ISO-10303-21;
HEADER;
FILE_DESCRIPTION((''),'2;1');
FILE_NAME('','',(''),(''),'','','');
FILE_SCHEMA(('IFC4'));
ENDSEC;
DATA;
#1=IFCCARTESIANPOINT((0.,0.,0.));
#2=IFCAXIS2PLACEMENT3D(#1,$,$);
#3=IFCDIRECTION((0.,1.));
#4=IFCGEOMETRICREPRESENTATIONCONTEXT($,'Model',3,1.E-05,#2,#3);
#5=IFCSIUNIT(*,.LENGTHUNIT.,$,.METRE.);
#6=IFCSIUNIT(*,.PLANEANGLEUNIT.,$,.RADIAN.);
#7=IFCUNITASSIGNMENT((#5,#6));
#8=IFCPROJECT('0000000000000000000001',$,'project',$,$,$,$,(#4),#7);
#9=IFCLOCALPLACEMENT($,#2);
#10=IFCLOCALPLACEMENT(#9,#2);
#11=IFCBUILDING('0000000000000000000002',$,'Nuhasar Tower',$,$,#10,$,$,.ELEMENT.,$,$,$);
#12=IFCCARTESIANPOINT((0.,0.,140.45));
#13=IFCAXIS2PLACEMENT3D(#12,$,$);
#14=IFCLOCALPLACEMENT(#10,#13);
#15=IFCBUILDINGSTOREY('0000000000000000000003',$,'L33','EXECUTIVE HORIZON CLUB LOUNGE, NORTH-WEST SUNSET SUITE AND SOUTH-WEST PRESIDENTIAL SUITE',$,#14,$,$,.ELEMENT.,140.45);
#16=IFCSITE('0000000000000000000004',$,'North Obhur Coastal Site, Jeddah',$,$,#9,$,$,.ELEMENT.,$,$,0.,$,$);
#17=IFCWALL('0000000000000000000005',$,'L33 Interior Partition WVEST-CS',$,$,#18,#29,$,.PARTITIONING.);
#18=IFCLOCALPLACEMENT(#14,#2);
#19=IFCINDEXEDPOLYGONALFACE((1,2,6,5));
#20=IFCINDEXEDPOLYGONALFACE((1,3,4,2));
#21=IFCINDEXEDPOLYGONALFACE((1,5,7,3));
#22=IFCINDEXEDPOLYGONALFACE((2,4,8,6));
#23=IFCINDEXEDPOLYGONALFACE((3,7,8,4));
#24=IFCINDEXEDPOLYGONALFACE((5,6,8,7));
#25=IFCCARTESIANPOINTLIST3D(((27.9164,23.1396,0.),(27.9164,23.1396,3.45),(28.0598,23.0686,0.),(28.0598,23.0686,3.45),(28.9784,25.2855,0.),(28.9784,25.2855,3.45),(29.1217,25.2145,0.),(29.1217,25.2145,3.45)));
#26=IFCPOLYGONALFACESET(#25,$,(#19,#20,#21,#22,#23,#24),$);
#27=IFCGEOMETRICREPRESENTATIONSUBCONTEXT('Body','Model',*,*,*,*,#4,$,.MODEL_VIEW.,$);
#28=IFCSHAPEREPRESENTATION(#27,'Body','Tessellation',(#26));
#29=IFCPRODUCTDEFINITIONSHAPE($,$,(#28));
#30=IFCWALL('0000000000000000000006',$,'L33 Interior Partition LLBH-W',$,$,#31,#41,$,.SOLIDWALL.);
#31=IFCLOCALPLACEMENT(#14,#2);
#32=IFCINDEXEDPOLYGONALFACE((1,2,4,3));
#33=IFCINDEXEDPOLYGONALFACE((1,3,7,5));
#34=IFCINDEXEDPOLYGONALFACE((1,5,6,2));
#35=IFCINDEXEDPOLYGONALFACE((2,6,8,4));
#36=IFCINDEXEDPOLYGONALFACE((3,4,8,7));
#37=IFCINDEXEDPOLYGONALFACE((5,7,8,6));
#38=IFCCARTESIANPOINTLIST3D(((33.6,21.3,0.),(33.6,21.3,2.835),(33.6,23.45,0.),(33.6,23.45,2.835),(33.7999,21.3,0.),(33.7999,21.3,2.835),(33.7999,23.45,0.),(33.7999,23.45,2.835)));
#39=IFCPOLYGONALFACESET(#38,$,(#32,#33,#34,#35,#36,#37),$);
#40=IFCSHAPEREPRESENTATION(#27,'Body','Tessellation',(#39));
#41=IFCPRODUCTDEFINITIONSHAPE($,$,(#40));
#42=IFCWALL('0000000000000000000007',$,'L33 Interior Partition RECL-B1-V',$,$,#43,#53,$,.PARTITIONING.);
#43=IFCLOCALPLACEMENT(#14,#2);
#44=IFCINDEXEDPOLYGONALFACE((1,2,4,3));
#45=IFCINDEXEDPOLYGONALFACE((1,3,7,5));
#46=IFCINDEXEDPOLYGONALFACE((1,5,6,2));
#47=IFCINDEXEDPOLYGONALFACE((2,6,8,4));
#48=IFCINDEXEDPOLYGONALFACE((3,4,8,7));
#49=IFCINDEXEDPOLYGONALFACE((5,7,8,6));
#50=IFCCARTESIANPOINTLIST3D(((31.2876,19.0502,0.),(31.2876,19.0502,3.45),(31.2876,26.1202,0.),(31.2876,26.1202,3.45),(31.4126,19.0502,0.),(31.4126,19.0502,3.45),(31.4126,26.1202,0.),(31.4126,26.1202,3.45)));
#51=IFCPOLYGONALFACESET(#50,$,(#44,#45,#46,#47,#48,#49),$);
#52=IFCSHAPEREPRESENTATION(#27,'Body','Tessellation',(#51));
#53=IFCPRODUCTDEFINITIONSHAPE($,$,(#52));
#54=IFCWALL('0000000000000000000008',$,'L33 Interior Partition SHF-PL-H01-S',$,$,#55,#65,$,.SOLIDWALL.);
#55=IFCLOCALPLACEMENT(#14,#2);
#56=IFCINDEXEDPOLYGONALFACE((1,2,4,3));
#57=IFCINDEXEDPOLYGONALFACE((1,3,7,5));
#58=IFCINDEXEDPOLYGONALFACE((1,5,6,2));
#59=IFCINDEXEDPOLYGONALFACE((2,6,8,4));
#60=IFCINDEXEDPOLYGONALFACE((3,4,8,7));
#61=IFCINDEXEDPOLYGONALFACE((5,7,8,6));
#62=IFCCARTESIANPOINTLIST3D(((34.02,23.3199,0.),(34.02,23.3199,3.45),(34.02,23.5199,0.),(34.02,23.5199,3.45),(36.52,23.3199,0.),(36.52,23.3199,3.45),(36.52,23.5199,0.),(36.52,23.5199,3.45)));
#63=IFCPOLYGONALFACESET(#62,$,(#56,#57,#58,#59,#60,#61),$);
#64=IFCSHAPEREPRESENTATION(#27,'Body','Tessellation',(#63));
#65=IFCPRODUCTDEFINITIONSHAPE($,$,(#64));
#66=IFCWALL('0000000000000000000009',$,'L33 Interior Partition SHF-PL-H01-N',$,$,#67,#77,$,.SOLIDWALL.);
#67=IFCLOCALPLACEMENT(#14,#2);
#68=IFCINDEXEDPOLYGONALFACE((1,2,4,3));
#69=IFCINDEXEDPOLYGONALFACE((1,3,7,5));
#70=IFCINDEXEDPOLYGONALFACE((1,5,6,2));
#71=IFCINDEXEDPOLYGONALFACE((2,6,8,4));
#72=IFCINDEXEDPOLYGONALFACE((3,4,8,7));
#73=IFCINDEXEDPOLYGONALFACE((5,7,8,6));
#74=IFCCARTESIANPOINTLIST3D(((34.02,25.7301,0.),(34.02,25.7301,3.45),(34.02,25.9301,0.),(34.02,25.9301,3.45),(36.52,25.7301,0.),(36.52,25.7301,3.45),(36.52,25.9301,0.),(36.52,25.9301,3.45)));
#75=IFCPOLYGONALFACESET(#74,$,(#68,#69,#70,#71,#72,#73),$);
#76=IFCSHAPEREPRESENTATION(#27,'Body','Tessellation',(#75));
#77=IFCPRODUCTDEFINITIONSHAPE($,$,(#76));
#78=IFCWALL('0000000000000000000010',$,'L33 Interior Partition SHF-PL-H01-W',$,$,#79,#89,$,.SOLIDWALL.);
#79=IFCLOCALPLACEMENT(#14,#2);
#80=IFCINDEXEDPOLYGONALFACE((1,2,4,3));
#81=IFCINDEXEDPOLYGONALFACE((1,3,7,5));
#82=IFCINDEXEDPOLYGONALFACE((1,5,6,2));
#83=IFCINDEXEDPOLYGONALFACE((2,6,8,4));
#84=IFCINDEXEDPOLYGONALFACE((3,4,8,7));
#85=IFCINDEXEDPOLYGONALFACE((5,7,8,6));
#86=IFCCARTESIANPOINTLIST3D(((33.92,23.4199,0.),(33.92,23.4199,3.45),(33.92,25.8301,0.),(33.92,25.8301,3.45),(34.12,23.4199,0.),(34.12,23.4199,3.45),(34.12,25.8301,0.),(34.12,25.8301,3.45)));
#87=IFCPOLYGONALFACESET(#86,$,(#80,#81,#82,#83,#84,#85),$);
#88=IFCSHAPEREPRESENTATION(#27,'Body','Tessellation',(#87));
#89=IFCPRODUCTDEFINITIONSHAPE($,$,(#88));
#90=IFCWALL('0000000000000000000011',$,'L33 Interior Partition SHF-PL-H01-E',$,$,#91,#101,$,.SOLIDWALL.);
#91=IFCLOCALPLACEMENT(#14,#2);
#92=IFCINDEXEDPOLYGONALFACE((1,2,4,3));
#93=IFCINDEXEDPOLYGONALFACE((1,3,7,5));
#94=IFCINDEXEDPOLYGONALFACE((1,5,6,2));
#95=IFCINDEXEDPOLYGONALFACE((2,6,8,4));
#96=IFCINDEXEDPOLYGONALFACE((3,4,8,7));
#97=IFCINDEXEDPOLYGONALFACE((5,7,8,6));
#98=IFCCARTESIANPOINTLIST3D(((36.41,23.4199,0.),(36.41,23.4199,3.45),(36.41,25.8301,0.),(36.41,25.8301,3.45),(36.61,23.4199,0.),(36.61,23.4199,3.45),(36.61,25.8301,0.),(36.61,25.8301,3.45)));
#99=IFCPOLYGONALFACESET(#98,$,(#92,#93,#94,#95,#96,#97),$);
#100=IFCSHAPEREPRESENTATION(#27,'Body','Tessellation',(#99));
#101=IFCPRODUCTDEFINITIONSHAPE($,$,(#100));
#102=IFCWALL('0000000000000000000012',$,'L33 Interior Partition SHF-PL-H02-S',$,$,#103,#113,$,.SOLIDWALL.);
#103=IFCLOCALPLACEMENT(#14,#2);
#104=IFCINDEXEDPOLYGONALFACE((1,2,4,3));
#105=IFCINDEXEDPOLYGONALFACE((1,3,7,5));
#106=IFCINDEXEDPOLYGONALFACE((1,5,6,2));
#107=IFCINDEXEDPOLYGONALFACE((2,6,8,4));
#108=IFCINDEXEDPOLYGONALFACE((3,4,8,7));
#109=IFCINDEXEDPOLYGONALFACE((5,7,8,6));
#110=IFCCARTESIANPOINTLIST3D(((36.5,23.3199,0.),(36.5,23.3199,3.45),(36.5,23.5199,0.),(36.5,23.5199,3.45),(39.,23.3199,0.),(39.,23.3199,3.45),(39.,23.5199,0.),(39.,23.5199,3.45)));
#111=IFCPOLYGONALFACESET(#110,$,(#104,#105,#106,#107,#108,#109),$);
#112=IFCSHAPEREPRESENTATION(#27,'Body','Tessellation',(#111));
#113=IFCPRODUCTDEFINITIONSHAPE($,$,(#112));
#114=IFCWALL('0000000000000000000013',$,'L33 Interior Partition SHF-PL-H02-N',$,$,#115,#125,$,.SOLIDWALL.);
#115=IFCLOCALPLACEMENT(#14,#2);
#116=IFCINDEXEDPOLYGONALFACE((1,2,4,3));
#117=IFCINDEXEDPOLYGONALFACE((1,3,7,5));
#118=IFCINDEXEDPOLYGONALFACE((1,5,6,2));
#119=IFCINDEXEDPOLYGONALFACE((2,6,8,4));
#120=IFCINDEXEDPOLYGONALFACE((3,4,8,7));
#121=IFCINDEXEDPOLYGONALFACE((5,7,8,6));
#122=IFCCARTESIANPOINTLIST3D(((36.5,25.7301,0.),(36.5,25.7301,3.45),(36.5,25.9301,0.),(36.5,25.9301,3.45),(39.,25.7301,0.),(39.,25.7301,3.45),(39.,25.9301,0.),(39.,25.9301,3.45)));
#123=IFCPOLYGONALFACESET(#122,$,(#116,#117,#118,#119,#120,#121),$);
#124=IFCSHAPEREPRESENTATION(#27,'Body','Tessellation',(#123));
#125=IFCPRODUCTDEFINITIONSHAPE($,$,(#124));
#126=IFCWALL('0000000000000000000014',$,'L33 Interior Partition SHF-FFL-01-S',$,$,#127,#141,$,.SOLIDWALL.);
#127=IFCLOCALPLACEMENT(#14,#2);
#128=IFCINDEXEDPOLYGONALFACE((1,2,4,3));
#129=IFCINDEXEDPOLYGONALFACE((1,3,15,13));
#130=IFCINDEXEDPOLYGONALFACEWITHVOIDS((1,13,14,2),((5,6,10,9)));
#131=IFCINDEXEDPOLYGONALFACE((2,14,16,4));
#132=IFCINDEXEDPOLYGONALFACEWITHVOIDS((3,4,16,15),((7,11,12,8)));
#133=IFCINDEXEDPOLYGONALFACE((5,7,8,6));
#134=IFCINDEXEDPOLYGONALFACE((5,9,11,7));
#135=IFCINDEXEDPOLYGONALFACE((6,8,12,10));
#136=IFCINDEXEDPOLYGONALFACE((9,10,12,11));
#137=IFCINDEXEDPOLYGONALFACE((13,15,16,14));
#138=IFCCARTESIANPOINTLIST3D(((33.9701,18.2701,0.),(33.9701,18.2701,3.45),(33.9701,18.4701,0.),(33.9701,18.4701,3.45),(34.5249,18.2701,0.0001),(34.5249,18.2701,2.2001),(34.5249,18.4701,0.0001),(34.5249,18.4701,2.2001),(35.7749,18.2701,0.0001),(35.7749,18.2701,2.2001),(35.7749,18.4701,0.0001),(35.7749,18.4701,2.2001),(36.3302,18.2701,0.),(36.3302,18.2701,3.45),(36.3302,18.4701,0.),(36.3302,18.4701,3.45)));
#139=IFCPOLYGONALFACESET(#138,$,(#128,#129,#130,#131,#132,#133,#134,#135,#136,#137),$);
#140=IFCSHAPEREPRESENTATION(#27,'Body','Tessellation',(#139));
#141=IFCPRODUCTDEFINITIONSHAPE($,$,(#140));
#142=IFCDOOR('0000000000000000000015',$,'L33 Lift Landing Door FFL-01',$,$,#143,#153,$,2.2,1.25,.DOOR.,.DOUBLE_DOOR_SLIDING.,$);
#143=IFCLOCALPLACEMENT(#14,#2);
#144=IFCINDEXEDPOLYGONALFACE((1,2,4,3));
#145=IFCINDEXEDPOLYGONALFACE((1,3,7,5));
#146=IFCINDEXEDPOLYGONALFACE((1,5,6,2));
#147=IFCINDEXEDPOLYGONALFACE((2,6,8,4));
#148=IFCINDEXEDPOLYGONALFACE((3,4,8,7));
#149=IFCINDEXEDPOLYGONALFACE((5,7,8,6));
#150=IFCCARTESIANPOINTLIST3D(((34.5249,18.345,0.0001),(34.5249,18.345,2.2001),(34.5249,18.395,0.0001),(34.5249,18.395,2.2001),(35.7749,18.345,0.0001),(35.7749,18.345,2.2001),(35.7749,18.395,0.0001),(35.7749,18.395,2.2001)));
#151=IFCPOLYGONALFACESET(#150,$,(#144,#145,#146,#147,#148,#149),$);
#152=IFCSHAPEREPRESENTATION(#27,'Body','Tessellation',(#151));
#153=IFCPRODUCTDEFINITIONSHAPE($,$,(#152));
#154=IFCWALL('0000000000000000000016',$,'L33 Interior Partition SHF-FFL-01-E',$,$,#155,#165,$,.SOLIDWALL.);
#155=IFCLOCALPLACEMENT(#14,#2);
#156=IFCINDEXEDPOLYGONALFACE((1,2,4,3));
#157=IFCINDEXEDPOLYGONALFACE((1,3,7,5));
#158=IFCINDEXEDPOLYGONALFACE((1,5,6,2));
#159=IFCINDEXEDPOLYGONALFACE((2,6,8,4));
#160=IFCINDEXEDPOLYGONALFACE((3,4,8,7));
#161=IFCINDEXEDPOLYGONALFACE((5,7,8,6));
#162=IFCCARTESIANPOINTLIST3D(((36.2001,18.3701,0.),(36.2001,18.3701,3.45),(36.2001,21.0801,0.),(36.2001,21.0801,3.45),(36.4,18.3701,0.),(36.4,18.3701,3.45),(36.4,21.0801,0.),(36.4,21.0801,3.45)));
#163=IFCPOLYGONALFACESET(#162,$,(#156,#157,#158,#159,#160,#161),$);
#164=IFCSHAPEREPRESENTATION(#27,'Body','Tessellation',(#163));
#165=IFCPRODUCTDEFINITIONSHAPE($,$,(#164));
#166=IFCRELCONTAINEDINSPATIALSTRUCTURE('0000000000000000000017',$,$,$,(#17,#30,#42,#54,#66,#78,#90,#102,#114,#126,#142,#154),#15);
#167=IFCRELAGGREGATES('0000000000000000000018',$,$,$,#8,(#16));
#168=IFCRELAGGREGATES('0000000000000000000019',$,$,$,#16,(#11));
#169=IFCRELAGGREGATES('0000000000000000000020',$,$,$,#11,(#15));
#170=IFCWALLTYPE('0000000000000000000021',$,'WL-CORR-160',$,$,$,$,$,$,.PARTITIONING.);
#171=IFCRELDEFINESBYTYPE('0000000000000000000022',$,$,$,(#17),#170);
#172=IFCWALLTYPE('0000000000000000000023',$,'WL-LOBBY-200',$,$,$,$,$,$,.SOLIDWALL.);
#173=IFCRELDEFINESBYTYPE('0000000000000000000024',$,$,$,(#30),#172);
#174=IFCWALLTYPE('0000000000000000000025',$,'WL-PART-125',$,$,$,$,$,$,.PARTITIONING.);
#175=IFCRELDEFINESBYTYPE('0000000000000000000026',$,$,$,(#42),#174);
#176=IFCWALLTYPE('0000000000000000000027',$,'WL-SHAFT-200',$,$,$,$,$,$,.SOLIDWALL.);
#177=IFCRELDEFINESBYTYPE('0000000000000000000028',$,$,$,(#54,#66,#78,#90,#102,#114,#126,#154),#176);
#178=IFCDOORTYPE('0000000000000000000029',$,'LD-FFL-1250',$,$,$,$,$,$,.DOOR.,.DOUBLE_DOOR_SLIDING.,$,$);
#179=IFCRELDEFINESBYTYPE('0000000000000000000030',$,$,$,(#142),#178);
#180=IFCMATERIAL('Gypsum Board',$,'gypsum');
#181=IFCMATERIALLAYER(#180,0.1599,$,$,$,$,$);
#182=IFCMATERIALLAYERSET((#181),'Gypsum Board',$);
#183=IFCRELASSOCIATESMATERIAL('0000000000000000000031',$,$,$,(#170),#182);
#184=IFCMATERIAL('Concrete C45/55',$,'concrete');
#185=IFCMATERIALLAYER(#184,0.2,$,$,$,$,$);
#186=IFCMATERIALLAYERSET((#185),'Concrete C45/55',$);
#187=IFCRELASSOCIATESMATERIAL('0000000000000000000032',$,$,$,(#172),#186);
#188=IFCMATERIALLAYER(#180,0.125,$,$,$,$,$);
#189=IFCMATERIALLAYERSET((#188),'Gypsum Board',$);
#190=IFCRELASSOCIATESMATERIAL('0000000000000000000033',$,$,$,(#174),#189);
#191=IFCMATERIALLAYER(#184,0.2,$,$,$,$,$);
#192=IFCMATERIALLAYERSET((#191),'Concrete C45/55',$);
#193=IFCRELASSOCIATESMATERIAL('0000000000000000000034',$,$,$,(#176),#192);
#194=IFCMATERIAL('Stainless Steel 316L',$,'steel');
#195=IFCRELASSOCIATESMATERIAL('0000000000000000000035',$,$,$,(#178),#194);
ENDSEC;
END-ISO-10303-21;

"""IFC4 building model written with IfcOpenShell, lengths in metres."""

from ifc_helpers import new_model, si_unit, direction, frame, frame_2d, origin, place, context, subcontext, project, spatial, rectangle, extrude, material, layer, layer_set, type_object, element, fill, save


model = new_model("IFC4")

# Units and contexts
model_context = context("Model", 3, precision=1e-05, world=origin(), true_north=direction((0.0, 1.0)))
body_context = subcontext(model_context, "Body", "Model", "MODEL_VIEW")
ifc_project = project(units=[si_unit("LENGTHUNIT", "METRE"), si_unit("PLANEANGLEUNIT", "RADIAN")], contexts=[model_context])

# Site, building, storey
site_placement = place(None, origin())
site = spatial("IfcSite", under=ifc_project, at=site_placement, Name="North Obhur Coastal Site, Jeddah", CompositionType="ELEMENT", RefElevation=0.0)
building_placement = place(site_placement, origin())
building = spatial("IfcBuilding", under=site, at=building_placement, Name="Nuhasar Tower", CompositionType="ELEMENT")
storey_placement = place(building_placement, frame((0.0, 0.0, 140.45)))
storey = spatial("IfcBuildingStorey", under=building, at=storey_placement, Name="L33", Description="EXECUTIVE HORIZON CLUB LOUNGE, NORTH-WEST SUNSET SUITE AND SOUTH-WEST PRESIDENTIAL SUITE", CompositionType="ELEMENT", Elevation=140.45)

# Shared definitions
ifc_material_1 = material(Name="Gypsum Board", Category="gypsum")
ifc_layer_1 = layer(ifc_material_1, 0.1599)
ifc_layer_set_1 = layer_set([ifc_layer_1], Name="Gypsum Board")
wall_type_1 = type_object("IfcWallType", Name="WL-CORR-160", PredefinedType="PARTITIONING", material=ifc_layer_set_1)

# Walls
wall_1_placement = place(storey_placement, frame((27.988, 23.104, 0.0), z_axis=(0.0, 0.0, 1.0), x_axis=(0.443539, 0.896255, 0.0)))
element("IfcWall", 1, at=wall_1_placement, inside=storey, type_object=wall_type_1, Name="L33 Interior Partition WVEST-CS", PredefinedType="PARTITIONING", context=body_context, shape_type="SweptSolid", body=[
    extrude(rectangle(XDim=2.3943, YDim=0.1599, at=frame_2d((1.1973, 0.0))), origin(), (0.0, 0.0, 1.0), 3.45),
])
ifc_material_2 = material(Name="Concrete C45/55", Category="concrete")
ifc_layer_2 = layer(ifc_material_2, 0.2)
ifc_layer_set_2 = layer_set([ifc_layer_2], Name="Concrete C45/55")
wall_type_2 = type_object("IfcWallType", Name="WL-LOBBY-200", PredefinedType="SOLIDWALL", material=ifc_layer_set_2)
wall_2_placement = place(storey_placement, frame((33.7, 21.3, 0.0), z_axis=(0.0, 0.0, 1.0), x_axis=(0.0, 1.0, 0.0)))
element("IfcWall", 2, at=wall_2_placement, inside=storey, type_object=wall_type_2, Name="L33 Interior Partition LLBH-W", PredefinedType="SOLIDWALL", context=body_context, shape_type="SweptSolid", body=[
    extrude(rectangle(XDim=2.1499, YDim=0.2, at=frame_2d((1.075, 0.0))), origin(), (0.0, 0.0, 1.0), 2.835),
])
ifc_layer_3 = layer(ifc_material_1, 0.125)
ifc_layer_set_3 = layer_set([ifc_layer_3], Name="Gypsum Board")
wall_type_3 = type_object("IfcWallType", Name="WL-PART-125", PredefinedType="PARTITIONING", material=ifc_layer_set_3)
wall_3_placement = place(storey_placement, frame((31.3501, 19.05, 0.0), z_axis=(0.0, 0.0, 1.0), x_axis=(0.0, 1.0, 0.0)))
element("IfcWall", 3, at=wall_3_placement, inside=storey, type_object=wall_type_3, Name="L33 Interior Partition RECL-B1-V", PredefinedType="PARTITIONING", context=body_context, shape_type="SweptSolid", body=[
    extrude(rectangle(XDim=7.0701, YDim=0.125, at=frame_2d((3.5352, 0.0))), origin(), (0.0, 0.0, 1.0), 3.45),
])
ifc_layer_4 = layer(ifc_material_2, 0.2)
ifc_layer_set_4 = layer_set([ifc_layer_4], Name="Concrete C45/55")
wall_type_4 = type_object("IfcWallType", Name="WL-SHAFT-200", PredefinedType="SOLIDWALL", material=ifc_layer_set_4)
for number, where, z_axis, x_axis, name in (
    (4, (34.02, 23.4199, 0.0), (0.0, 0.0, 1.0), (1.0, 0.0, 0.0), "L33 Interior Partition SHF-PL-H01-S"),
    (5, (34.02, 25.8301, 0.0), (0.0, 0.0, 1.0), (1.0, 0.0, 0.0), "L33 Interior Partition SHF-PL-H01-N"),
):
    element("IfcWall", number, at=place(storey_placement, frame(where, z_axis=z_axis, x_axis=x_axis)), inside=storey, type_object=wall_type_4, Name=name, PredefinedType="SOLIDWALL", context=body_context, shape_type="SweptSolid", body=[
        extrude(rectangle(XDim=2.5, YDim=0.2, at=frame_2d((1.25, 0.0))), origin(), (0.0, 0.0, 1.0), 3.45),
    ])
for number, where, z_axis, x_axis, name in (
    (6, (34.02, 23.4199, 0.0), (0.0, 0.0, 1.0), (0.0, 1.0, 0.0), "L33 Interior Partition SHF-PL-H01-W"),
    (7, (36.51, 23.4199, 0.0), (0.0, 0.0, 1.0), (0.0, 1.0, 0.0), "L33 Interior Partition SHF-PL-H01-E"),
):
    element("IfcWall", number, at=place(storey_placement, frame(where, z_axis=z_axis, x_axis=x_axis)), inside=storey, type_object=wall_type_4, Name=name, PredefinedType="SOLIDWALL", context=body_context, shape_type="SweptSolid", body=[
        extrude(rectangle(XDim=2.4102, YDim=0.2, at=frame_2d((1.2051, 0.0))), origin(), (0.0, 0.0, 1.0), 3.45),
    ])
for number, where, z_axis, x_axis, name in (
    (8, (36.5, 23.4199, 0.0), (0.0, 0.0, 1.0), (1.0, 0.0, 0.0), "L33 Interior Partition SHF-PL-H02-S"),
    (9, (36.5, 25.8301, 0.0), (0.0, 0.0, 1.0), (1.0, 0.0, 0.0), "L33 Interior Partition SHF-PL-H02-N"),
):
    element("IfcWall", number, at=place(storey_placement, frame(where, z_axis=z_axis, x_axis=x_axis)), inside=storey, type_object=wall_type_4, Name=name, PredefinedType="SOLIDWALL", context=body_context, shape_type="SweptSolid", body=[
        extrude(rectangle(XDim=2.5, YDim=0.2, at=frame_2d((1.25, 0.0))), origin(), (0.0, 0.0, 1.0), 3.45),
    ])

# Wall, opening, door
wall_4_placement = place(storey_placement, frame((33.97, 18.3701, 0.0), z_axis=(0.0, 0.0, 1.0), x_axis=(1.0, 0.0, 0.0)))
wall_4 = element("IfcWall", 10, at=wall_4_placement, inside=storey, type_object=wall_type_4, Name="L33 Interior Partition SHF-FFL-01-S", PredefinedType="SOLIDWALL", context=body_context, shape_type="SweptSolid", body=[
    extrude(rectangle(XDim=2.3601, YDim=0.2, at=frame_2d((1.1802, 0.0))), origin(), (0.0, 0.0, 1.0), 3.45),
])
opening_1_placement = place(wall_4_placement, frame((0.5549, 0.0, 0.0)))
opening_1 = element("IfcOpeningElement", 11, at=opening_1_placement, cuts=wall_4, PredefinedType="OPENING", context=body_context, shape_type="SweptSolid", body=[
    extrude(rectangle(XDim=1.25, YDim=2.2, at=frame_2d((0.625, 1.1001))), frame((0.0, 0.1099, 0.0), z_axis=(0.0, -1.0, 0.0), x_axis=(1.0, 0.0, 0.0)), (0.0, 0.0, 1.0), 0.22),
])
ifc_material_3 = material(Name="Stainless Steel 316L", Category="steel")
door_type_1 = type_object("IfcDoorType", Name="LD-FFL-1250", OperationType="DOUBLE_DOOR_SLIDING", PredefinedType="DOOR", material=ifc_material_3)
door_1_placement = place(opening_1_placement, origin())
door_1 = element("IfcDoor", 12, at=door_1_placement, inside=storey, type_object=door_type_1, Name="L33 Lift Landing Door FFL-01", OperationType="DOUBLE_DOOR_SLIDING", OverallHeight=2.2, OverallWidth=1.25, PredefinedType="DOOR", context=body_context, shape_type="SweptSolid", body=[
    extrude(rectangle(XDim=1.25, YDim=2.2, at=frame_2d((0.625, 1.1001))), frame((0.0, 0.0249, 0.0), z_axis=(0.0, -1.0, 0.0), x_axis=(1.0, 0.0, 0.0)), (0.0, 0.0, 1.0), 0.05),
])
fill(opening_1, door_1)

# Wall
wall_5_placement = place(storey_placement, frame((36.3, 18.3701, 0.0), z_axis=(0.0, 0.0, 1.0), x_axis=(0.0, 1.0, 0.0)))
element("IfcWall", 13, at=wall_5_placement, inside=storey, type_object=wall_type_4, Name="L33 Interior Partition SHF-FFL-01-E", PredefinedType="SOLIDWALL", context=body_context, shape_type="SweptSolid", body=[
    extrude(rectangle(XDim=2.71, YDim=0.2, at=frame_2d((1.355, 0.0))), origin(), (0.0, 0.0, 1.0), 3.45),
])

save(model, "model.ifc")
